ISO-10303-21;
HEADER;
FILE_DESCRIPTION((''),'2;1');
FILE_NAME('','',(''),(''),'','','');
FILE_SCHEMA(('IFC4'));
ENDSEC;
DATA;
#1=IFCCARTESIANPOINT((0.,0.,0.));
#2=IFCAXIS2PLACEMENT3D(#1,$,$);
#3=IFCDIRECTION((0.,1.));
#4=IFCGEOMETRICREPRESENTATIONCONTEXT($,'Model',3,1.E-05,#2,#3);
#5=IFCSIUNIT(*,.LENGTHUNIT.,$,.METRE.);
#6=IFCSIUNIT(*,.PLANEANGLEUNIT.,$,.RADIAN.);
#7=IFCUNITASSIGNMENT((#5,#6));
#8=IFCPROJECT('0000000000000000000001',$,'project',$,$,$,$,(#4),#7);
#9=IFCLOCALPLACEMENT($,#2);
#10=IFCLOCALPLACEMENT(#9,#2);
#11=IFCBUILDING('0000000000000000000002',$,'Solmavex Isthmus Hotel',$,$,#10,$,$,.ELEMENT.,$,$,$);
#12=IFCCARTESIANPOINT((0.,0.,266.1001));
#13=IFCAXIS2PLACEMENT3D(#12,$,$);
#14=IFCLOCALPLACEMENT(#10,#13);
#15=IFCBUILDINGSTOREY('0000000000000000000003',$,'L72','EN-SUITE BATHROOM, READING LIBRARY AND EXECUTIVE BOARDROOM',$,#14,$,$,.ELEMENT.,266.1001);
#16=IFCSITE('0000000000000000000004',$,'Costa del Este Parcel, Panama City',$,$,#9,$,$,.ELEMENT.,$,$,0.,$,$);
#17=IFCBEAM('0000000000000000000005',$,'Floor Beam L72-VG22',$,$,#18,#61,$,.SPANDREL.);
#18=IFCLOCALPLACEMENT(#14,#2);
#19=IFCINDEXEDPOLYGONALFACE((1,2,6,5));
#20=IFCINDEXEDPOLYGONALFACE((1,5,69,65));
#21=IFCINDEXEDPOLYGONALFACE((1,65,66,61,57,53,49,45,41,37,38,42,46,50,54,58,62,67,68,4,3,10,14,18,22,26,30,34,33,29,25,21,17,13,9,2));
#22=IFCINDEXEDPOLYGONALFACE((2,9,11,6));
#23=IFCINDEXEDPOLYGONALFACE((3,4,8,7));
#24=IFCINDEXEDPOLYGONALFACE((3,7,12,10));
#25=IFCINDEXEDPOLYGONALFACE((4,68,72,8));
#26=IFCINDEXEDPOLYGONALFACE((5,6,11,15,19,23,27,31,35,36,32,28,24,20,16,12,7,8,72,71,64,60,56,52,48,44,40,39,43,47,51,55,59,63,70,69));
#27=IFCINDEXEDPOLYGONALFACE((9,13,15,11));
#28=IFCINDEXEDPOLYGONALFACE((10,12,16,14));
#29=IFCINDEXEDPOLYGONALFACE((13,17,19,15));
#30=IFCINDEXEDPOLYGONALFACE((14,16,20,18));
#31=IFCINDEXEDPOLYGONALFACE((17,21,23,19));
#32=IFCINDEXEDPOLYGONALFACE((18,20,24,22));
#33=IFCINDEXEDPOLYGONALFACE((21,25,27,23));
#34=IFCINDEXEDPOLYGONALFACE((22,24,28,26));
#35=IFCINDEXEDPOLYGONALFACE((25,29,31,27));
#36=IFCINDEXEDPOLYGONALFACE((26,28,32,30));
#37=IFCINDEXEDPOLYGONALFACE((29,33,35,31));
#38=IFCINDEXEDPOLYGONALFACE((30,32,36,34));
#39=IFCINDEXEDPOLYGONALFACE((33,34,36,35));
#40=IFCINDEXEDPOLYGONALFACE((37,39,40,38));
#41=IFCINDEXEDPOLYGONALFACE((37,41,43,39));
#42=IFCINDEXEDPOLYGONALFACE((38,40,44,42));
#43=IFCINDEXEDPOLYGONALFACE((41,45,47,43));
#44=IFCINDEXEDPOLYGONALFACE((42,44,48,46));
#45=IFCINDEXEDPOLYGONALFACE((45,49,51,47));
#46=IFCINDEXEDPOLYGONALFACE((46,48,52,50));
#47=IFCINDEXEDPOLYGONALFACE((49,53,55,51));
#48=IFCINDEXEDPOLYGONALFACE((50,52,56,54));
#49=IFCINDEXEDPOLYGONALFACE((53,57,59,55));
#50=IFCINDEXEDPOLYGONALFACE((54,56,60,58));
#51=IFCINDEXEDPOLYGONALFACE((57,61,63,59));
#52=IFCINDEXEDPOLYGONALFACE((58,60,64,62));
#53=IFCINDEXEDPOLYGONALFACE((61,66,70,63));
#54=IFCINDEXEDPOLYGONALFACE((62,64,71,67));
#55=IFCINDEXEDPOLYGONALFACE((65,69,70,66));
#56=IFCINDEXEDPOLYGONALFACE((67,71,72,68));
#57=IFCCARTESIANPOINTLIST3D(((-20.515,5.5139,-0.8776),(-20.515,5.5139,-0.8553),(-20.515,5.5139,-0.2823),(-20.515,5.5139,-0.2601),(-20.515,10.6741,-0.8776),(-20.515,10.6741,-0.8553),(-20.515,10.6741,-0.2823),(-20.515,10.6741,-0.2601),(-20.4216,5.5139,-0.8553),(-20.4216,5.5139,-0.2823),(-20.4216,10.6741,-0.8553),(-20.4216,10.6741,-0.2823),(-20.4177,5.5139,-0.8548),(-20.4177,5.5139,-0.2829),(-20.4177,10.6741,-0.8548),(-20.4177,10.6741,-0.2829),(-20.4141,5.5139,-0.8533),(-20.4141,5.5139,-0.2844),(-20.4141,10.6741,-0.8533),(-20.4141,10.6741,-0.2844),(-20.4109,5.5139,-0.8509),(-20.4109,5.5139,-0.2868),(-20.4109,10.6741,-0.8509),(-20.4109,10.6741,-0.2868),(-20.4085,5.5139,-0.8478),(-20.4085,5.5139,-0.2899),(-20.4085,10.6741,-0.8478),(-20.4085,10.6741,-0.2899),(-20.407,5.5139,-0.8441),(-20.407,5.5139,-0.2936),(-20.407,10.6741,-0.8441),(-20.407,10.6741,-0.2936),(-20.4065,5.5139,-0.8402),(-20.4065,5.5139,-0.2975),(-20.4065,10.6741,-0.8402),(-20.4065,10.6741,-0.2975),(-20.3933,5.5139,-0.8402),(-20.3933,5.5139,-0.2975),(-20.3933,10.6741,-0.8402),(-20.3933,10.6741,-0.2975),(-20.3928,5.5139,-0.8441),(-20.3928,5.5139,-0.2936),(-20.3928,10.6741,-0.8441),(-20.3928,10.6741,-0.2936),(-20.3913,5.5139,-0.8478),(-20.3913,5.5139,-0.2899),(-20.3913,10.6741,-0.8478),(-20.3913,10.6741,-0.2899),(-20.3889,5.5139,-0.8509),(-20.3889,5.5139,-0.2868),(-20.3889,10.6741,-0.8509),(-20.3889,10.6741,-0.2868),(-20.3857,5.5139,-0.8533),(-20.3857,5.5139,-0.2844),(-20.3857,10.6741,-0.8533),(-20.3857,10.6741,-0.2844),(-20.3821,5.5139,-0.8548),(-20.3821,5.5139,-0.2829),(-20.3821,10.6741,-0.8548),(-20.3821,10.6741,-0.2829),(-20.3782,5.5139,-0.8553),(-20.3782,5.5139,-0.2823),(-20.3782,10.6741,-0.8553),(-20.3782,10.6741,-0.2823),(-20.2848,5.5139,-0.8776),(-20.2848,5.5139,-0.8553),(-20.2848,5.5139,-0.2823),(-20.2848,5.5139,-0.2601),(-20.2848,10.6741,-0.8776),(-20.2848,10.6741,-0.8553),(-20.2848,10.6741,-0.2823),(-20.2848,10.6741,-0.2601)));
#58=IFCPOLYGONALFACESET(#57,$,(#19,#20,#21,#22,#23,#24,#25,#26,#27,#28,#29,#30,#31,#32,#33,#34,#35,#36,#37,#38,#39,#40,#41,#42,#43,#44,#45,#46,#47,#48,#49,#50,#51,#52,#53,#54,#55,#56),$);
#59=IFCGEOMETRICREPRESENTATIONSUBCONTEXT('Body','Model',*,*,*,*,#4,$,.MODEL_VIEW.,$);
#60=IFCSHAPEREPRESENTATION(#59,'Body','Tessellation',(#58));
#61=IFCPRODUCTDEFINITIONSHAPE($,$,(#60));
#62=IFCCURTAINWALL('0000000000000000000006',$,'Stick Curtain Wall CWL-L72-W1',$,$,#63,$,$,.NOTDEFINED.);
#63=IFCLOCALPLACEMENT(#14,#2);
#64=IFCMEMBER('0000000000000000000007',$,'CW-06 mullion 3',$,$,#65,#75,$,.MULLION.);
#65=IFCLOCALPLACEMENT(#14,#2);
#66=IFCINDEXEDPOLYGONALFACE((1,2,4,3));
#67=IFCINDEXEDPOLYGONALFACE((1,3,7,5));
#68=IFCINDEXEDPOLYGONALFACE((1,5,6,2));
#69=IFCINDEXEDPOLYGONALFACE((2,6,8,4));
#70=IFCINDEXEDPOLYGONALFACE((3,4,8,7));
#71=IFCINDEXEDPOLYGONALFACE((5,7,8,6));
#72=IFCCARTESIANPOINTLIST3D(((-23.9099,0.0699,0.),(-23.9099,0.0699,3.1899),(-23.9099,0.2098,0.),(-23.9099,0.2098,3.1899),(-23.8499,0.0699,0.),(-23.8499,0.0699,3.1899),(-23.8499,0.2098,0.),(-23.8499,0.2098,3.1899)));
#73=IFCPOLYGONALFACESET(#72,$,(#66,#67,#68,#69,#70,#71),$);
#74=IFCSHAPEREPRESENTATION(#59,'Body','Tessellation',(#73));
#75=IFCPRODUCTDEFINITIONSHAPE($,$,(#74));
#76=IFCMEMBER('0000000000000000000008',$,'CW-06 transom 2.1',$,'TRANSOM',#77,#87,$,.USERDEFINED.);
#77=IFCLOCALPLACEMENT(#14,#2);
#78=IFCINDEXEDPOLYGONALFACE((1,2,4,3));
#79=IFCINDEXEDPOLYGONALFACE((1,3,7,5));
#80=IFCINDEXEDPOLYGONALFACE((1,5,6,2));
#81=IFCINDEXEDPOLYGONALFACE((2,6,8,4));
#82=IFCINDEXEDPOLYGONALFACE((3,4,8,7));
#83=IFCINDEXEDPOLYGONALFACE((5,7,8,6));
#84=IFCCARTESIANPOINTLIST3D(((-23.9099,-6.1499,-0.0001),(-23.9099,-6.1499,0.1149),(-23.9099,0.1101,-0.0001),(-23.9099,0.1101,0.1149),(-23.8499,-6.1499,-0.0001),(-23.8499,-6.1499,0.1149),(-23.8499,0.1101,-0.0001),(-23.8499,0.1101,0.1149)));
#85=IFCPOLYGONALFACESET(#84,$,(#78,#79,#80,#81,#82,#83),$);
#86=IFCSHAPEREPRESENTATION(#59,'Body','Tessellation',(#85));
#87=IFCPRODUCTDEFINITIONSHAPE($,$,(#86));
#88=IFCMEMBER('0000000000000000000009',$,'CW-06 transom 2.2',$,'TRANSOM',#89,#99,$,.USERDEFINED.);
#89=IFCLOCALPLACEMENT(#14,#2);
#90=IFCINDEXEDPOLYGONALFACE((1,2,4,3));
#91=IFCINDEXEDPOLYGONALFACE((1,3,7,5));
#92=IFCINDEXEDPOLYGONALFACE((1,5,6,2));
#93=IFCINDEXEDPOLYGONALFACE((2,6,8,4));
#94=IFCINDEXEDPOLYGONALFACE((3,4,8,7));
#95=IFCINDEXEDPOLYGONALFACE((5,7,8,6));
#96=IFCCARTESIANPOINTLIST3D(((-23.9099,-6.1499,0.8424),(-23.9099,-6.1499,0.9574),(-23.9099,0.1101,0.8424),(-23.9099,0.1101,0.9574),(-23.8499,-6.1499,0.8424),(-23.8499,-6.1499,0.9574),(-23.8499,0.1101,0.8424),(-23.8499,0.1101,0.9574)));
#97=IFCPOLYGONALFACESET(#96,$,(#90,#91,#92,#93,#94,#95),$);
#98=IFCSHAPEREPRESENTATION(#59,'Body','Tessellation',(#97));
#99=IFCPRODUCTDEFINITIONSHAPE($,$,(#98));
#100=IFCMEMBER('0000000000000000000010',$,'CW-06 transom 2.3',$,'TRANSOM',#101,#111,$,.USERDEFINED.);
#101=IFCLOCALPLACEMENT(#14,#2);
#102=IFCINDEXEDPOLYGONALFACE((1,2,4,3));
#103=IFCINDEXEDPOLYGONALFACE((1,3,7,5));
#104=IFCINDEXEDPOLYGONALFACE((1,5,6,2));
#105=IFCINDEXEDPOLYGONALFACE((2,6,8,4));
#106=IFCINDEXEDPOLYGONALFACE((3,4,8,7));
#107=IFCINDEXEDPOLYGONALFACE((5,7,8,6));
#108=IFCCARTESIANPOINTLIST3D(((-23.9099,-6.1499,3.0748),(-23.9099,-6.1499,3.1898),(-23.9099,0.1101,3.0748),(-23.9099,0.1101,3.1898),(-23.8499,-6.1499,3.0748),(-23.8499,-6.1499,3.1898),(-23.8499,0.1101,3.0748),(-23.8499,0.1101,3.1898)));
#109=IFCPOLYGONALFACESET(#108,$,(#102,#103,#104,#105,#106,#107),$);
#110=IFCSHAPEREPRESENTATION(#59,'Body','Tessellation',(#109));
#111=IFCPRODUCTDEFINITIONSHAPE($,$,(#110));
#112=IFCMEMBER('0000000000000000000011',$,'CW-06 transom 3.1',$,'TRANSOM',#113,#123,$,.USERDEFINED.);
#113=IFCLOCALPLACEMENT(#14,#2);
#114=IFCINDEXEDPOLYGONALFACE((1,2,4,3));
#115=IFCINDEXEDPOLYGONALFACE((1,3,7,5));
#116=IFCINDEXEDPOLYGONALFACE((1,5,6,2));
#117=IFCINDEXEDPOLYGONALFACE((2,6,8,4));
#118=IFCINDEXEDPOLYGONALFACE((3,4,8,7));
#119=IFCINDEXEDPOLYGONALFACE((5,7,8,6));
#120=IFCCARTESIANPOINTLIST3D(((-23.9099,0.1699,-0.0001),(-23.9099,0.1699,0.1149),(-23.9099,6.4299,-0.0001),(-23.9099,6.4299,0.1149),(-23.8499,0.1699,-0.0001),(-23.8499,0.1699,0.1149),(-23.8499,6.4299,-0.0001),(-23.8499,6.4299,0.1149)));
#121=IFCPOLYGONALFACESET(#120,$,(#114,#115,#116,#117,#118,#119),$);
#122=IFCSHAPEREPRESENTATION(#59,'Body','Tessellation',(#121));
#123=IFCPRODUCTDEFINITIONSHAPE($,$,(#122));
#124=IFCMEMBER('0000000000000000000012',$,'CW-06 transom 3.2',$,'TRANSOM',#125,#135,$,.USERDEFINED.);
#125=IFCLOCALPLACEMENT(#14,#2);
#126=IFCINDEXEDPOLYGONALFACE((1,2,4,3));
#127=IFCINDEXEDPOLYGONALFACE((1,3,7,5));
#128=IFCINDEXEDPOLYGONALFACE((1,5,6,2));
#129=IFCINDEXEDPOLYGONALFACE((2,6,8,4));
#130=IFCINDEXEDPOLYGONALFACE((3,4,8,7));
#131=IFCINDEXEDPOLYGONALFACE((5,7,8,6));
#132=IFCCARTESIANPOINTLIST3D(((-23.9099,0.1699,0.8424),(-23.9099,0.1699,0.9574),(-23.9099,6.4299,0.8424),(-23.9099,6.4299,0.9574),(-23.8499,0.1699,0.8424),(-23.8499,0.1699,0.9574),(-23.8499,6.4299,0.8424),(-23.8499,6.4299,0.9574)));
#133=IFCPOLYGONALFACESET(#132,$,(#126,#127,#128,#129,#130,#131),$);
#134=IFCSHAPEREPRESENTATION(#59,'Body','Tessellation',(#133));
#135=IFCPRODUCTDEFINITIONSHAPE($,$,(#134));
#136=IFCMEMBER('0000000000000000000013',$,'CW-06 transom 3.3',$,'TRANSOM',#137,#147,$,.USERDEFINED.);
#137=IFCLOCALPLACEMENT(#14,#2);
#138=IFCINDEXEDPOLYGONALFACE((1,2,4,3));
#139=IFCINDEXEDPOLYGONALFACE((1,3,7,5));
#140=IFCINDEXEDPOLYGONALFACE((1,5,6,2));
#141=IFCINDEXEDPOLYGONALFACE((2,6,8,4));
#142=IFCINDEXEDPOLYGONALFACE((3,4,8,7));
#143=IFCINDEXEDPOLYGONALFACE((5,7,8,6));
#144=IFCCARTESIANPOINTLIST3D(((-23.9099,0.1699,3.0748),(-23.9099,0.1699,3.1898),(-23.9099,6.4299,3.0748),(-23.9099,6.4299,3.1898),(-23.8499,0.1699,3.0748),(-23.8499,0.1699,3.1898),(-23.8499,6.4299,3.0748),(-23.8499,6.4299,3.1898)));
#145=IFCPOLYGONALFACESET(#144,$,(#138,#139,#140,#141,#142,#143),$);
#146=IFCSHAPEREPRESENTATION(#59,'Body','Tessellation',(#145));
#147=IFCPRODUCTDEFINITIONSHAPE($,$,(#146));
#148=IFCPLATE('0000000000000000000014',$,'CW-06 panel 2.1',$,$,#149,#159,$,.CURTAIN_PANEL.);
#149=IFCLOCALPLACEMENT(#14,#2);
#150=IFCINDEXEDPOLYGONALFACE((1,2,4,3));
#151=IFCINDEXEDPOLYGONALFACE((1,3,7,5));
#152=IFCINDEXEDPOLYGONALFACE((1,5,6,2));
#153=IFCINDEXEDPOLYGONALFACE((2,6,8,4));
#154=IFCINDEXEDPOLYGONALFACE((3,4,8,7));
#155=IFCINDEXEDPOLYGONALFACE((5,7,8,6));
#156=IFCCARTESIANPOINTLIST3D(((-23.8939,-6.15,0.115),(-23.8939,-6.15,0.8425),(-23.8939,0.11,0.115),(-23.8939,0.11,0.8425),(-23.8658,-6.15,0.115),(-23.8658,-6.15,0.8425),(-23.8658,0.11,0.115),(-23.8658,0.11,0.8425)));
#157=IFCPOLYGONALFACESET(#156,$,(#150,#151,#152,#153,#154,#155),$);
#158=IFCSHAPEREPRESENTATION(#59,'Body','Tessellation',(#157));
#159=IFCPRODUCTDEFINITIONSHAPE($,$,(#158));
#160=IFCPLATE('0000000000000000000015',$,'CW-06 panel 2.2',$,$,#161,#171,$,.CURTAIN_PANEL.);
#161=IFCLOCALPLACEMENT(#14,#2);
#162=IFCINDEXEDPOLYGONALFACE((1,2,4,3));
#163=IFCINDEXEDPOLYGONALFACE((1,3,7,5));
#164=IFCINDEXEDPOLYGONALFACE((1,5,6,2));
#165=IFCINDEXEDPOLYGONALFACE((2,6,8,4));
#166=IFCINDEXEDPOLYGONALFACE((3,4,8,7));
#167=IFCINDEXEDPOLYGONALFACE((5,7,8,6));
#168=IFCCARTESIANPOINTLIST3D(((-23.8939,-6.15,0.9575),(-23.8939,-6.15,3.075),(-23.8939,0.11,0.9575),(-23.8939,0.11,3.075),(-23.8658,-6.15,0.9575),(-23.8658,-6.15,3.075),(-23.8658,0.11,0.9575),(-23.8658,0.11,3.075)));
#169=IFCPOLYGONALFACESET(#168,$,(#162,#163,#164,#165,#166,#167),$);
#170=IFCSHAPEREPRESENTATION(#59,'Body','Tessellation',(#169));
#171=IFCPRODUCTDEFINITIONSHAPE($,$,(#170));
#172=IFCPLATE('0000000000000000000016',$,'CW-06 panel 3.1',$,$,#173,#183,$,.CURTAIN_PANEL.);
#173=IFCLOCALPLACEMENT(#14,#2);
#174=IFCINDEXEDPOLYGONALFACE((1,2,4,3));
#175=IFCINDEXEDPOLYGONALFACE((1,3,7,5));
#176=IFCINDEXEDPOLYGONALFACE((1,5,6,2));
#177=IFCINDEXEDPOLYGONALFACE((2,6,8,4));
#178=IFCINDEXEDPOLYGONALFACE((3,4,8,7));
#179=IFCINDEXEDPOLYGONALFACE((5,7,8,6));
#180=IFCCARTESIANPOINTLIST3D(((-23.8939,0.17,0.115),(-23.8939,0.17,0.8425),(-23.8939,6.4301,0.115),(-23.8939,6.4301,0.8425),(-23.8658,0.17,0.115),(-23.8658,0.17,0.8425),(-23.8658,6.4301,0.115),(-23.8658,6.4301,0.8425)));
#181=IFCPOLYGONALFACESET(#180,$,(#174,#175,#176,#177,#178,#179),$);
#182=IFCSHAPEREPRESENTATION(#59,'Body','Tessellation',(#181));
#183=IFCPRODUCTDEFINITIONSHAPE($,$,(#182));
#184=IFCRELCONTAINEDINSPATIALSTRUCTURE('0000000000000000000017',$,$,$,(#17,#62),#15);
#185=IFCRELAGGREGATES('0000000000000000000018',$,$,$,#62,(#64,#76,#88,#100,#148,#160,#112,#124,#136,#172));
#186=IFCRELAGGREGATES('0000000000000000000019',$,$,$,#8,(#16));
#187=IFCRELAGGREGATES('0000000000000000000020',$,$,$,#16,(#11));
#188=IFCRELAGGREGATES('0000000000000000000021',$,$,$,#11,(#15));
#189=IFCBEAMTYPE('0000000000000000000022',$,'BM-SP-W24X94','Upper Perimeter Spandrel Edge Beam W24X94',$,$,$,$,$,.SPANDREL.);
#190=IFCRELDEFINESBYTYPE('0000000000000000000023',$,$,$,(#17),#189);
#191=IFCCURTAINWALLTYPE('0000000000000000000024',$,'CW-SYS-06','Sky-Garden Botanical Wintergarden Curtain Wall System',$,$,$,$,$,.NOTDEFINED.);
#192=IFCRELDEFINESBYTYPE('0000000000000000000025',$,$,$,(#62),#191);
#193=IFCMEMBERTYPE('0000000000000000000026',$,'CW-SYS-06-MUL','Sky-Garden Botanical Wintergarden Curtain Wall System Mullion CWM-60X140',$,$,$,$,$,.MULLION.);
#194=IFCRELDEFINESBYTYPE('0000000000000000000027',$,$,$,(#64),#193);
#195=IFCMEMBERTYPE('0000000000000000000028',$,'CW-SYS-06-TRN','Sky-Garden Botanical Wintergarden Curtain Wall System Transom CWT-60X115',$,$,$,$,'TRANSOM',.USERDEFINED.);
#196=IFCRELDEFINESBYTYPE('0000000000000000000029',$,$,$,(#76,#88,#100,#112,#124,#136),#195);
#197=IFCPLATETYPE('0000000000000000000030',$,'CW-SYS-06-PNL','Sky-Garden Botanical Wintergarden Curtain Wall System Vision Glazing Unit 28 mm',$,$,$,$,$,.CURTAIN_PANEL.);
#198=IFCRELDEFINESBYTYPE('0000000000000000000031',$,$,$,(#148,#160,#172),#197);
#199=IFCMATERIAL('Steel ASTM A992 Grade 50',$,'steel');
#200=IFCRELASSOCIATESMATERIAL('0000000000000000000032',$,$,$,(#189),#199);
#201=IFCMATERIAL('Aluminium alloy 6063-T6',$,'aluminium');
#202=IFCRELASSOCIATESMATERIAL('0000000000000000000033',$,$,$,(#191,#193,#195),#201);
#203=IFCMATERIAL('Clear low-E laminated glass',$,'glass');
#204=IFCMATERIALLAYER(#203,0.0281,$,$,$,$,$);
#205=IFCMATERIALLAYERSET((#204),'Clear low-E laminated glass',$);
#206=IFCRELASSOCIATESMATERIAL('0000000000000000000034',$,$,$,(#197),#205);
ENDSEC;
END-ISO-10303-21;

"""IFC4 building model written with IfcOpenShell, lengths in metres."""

from ifc_helpers import new_model, si_unit, direction, frame, origin, origin_2d, place, context, subcontext, project, spatial, rectangle, i_section, extrude, material, layer, layer_set, material_profile, profile_set, type_object, element, aggregate, save


model = new_model("IFC4")

# Units and contexts
model_context = context("Model", 3, precision=1e-05, world=origin(), true_north=direction((0.0, 1.0)))
body_context = subcontext(model_context, "Body", "Model", "MODEL_VIEW")
ifc_project = project(units=[si_unit("LENGTHUNIT", "METRE"), si_unit("PLANEANGLEUNIT", "RADIAN")], contexts=[model_context])

# Site, building, storey
site_placement = place(None, origin())
site = spatial("IfcSite", under=ifc_project, at=site_placement, Name="Costa del Este Parcel, Panama City", CompositionType="ELEMENT", RefElevation=0.0)
building_placement = place(site_placement, origin())
building = spatial("IfcBuilding", under=site, at=building_placement, Name="Solmavex Isthmus Hotel", CompositionType="ELEMENT")
storey_placement = place(building_placement, frame((0.0, 0.0, 266.1001)))
storey = spatial("IfcBuildingStorey", under=building, at=storey_placement, Name="L72", Description="EN-SUITE BATHROOM, READING LIBRARY AND EXECUTIVE BOARDROOM", CompositionType="ELEMENT", Elevation=266.1001)

# Beam
ifc_material_1 = material(Name="Steel ASTM A992 Grade 50", Category="steel")
ifc_material_profile_1 = material_profile(ifc_material_1, i_section(OverallWidth=0.2302, OverallDepth=0.6174, WebThickness=0.0132, FlangeThickness=0.0222, FilletRadius=0.0151, at=origin_2d()), Name="W24X94")
ifc_profile_set_1 = profile_set([ifc_material_profile_1], Name="Steel ASTM A992 Grade 50")
beam_type_1 = type_object("IfcBeamType", Name="BM-SP-W24X94", Description="Upper Perimeter Spandrel Edge Beam W24X94", PredefinedType="SPANDREL", material=ifc_profile_set_1)
beam_1_placement = place(storey_placement, frame((-20.3999, 5.5139, -0.5688), z_axis=(0.0, 1.0, 0.0), x_axis=(-1.0, 0.0, 0.0)))
element("IfcBeam", 1, at=beam_1_placement, inside=storey, type_object=beam_type_1, Name="Floor Beam L72-VG22", PredefinedType="SPANDREL", context=body_context, shape_type="SweptSolid", body=[
    extrude(i_section(OverallWidth=0.2302, OverallDepth=0.6174, WebThickness=0.0132, FlangeThickness=0.0222, FilletRadius=0.0151, at=origin_2d()), origin(), (0.0, 0.0, 1.0), 5.1602),
])

# Curtain wall, members, plates
ifc_material_2 = material(Name="Aluminium alloy 6063-T6", Category="aluminium")
curtain_wall_type = type_object("IfcCurtainWallType", Name="CW-SYS-06", Description="Sky-Garden Botanical Wintergarden Curtain Wall System", PredefinedType="NOTDEFINED", material=ifc_material_2)
curtain_wall_placement = place(storey_placement, origin())
curtain_wall = element("IfcCurtainWall", 2, at=curtain_wall_placement, inside=storey, type_object=curtain_wall_type, Name="Stick Curtain Wall CWL-L72-W1", PredefinedType="NOTDEFINED")
ifc_material_profile_2 = material_profile(ifc_material_2, rectangle(XDim=0.0601, YDim=0.1399, at=origin_2d()), Name="CWM-60X140")
ifc_profile_set_2 = profile_set([ifc_material_profile_2], Name="Aluminium alloy 6063-T6")
member_type_1 = type_object("IfcMemberType", Name="CW-SYS-06-MUL", Description="Sky-Garden Botanical Wintergarden Curtain Wall System Mullion CWM-60X140", PredefinedType="MULLION", material=ifc_profile_set_2)
member_1_placement = place(storey_placement, frame((-23.8799, 0.1399, 0.0), z_axis=(0.0, 0.0, 1.0), x_axis=(-1.0, 0.0, 0.0)))
member_1 = element("IfcMember", 3, at=member_1_placement, type_object=member_type_1, Name="CW-06 mullion 3", PredefinedType="MULLION", context=body_context, shape_type="SweptSolid", body=[
    extrude(rectangle(XDim=0.0601, YDim=0.1399, at=origin_2d()), origin(), (0.0, 0.0, 1.0), 3.1899),
])
ifc_material_profile_3 = material_profile(ifc_material_2, rectangle(XDim=0.0601, YDim=0.115, at=origin_2d()), Name="CWT-60X115")
ifc_profile_set_3 = profile_set([ifc_material_profile_3], Name="Aluminium alloy 6063-T6")
member_type_2 = type_object("IfcMemberType", Name="CW-SYS-06-TRN", Description="Sky-Garden Botanical Wintergarden Curtain Wall System Transom CWT-60X115", ElementType="TRANSOM", PredefinedType="USERDEFINED", material=ifc_profile_set_3)
member_2_placement = place(storey_placement, frame((-23.8799, -6.1499, 0.0574), z_axis=(0.0, 1.0, 0.0), x_axis=(-1.0, 0.0, 0.0)))
member_2 = element("IfcMember", 4, at=member_2_placement, type_object=member_type_2, Name="CW-06 transom 2.1", ObjectType="TRANSOM", PredefinedType="USERDEFINED", context=body_context, shape_type="SweptSolid", body=[
    extrude(rectangle(XDim=0.0601, YDim=0.115, at=origin_2d()), origin(), (0.0, 0.0, 1.0), 6.26),
])
member_3_placement = place(storey_placement, frame((-23.8799, -6.1499, 0.8999), z_axis=(0.0, 1.0, 0.0), x_axis=(-1.0, 0.0, 0.0)))
member_3 = element("IfcMember", 5, at=member_3_placement, type_object=member_type_2, Name="CW-06 transom 2.2", ObjectType="TRANSOM", PredefinedType="USERDEFINED", context=body_context, shape_type="SweptSolid", body=[
    extrude(rectangle(XDim=0.0601, YDim=0.115, at=origin_2d()), origin(), (0.0, 0.0, 1.0), 6.26),
])
member_4_placement = place(storey_placement, frame((-23.8799, -6.1499, 3.1323), z_axis=(0.0, 1.0, 0.0), x_axis=(-1.0, 0.0, 0.0)))
member_4 = element("IfcMember", 6, at=member_4_placement, type_object=member_type_2, Name="CW-06 transom 2.3", ObjectType="TRANSOM", PredefinedType="USERDEFINED", context=body_context, shape_type="SweptSolid", body=[
    extrude(rectangle(XDim=0.0601, YDim=0.115, at=origin_2d()), origin(), (0.0, 0.0, 1.0), 6.26),
])
member_5_placement = place(storey_placement, frame((-23.8799, 0.1699, 0.0574), z_axis=(0.0, 1.0, 0.0), x_axis=(-1.0, 0.0, 0.0)))
member_5 = element("IfcMember", 7, at=member_5_placement, type_object=member_type_2, Name="CW-06 transom 3.1", ObjectType="TRANSOM", PredefinedType="USERDEFINED", context=body_context, shape_type="SweptSolid", body=[
    extrude(rectangle(XDim=0.0601, YDim=0.115, at=origin_2d()), origin(), (0.0, 0.0, 1.0), 6.26),
])
member_6_placement = place(storey_placement, frame((-23.8799, 0.1699, 0.8999), z_axis=(0.0, 1.0, 0.0), x_axis=(-1.0, 0.0, 0.0)))
member_6 = element("IfcMember", 8, at=member_6_placement, type_object=member_type_2, Name="CW-06 transom 3.2", ObjectType="TRANSOM", PredefinedType="USERDEFINED", context=body_context, shape_type="SweptSolid", body=[
    extrude(rectangle(XDim=0.0601, YDim=0.115, at=origin_2d()), origin(), (0.0, 0.0, 1.0), 6.26),
])
member_7_placement = place(storey_placement, frame((-23.8799, 0.1699, 3.1323), z_axis=(0.0, 1.0, 0.0), x_axis=(-1.0, 0.0, 0.0)))
member_7 = element("IfcMember", 9, at=member_7_placement, type_object=member_type_2, Name="CW-06 transom 3.3", ObjectType="TRANSOM", PredefinedType="USERDEFINED", context=body_context, shape_type="SweptSolid", body=[
    extrude(rectangle(XDim=0.0601, YDim=0.115, at=origin_2d()), origin(), (0.0, 0.0, 1.0), 6.26),
])
ifc_material_3 = material(Name="Clear low-E laminated glass", Category="glass")
ifc_layer_1 = layer(ifc_material_3, 0.0281)
ifc_layer_set_1 = layer_set([ifc_layer_1], Name="Clear low-E laminated glass")
plate_type = type_object("IfcPlateType", Name="CW-SYS-06-PNL", Description="Sky-Garden Botanical Wintergarden Curtain Wall System Vision Glazing Unit 28 mm", PredefinedType="CURTAIN_PANEL", material=ifc_layer_set_1)
plate_1_placement = place(storey_placement, frame((-23.8799, -3.02, 0.115), z_axis=(0.0, 0.0, 1.0), x_axis=(0.0, 1.0, 0.0)))
plate_1 = element("IfcPlate", 10, at=plate_1_placement, type_object=plate_type, Name="CW-06 panel 2.1", PredefinedType="CURTAIN_PANEL", context=body_context, shape_type="SweptSolid", body=[
    extrude(rectangle(XDim=6.26, YDim=0.0281, at=origin_2d()), origin(), (0.0, 0.0, 1.0), 0.7275),
])
plate_2_placement = place(storey_placement, frame((-23.8799, -3.02, 0.9575), z_axis=(0.0, 0.0, 1.0), x_axis=(0.0, 1.0, 0.0)))
plate_2 = element("IfcPlate", 11, at=plate_2_placement, type_object=plate_type, Name="CW-06 panel 2.2", PredefinedType="CURTAIN_PANEL", context=body_context, shape_type="SweptSolid", body=[
    extrude(rectangle(XDim=6.26, YDim=0.0281, at=origin_2d()), origin(), (0.0, 0.0, 1.0), 2.1174),
])
plate_3_placement = place(storey_placement, frame((-23.8799, 3.3, 0.115), z_axis=(0.0, 0.0, 1.0), x_axis=(0.0, 1.0, 0.0)))
plate_3 = element("IfcPlate", 12, at=plate_3_placement, type_object=plate_type, Name="CW-06 panel 3.1", PredefinedType="CURTAIN_PANEL", context=body_context, shape_type="SweptSolid", body=[
    extrude(rectangle(XDim=6.26, YDim=0.0281, at=origin_2d()), origin(), (0.0, 0.0, 1.0), 0.7275),
])
aggregate(curtain_wall, [member_1, member_2, member_3, member_4, plate_1, plate_2, member_5, member_6, member_7, plate_3])

save(model, "model.ifc")
